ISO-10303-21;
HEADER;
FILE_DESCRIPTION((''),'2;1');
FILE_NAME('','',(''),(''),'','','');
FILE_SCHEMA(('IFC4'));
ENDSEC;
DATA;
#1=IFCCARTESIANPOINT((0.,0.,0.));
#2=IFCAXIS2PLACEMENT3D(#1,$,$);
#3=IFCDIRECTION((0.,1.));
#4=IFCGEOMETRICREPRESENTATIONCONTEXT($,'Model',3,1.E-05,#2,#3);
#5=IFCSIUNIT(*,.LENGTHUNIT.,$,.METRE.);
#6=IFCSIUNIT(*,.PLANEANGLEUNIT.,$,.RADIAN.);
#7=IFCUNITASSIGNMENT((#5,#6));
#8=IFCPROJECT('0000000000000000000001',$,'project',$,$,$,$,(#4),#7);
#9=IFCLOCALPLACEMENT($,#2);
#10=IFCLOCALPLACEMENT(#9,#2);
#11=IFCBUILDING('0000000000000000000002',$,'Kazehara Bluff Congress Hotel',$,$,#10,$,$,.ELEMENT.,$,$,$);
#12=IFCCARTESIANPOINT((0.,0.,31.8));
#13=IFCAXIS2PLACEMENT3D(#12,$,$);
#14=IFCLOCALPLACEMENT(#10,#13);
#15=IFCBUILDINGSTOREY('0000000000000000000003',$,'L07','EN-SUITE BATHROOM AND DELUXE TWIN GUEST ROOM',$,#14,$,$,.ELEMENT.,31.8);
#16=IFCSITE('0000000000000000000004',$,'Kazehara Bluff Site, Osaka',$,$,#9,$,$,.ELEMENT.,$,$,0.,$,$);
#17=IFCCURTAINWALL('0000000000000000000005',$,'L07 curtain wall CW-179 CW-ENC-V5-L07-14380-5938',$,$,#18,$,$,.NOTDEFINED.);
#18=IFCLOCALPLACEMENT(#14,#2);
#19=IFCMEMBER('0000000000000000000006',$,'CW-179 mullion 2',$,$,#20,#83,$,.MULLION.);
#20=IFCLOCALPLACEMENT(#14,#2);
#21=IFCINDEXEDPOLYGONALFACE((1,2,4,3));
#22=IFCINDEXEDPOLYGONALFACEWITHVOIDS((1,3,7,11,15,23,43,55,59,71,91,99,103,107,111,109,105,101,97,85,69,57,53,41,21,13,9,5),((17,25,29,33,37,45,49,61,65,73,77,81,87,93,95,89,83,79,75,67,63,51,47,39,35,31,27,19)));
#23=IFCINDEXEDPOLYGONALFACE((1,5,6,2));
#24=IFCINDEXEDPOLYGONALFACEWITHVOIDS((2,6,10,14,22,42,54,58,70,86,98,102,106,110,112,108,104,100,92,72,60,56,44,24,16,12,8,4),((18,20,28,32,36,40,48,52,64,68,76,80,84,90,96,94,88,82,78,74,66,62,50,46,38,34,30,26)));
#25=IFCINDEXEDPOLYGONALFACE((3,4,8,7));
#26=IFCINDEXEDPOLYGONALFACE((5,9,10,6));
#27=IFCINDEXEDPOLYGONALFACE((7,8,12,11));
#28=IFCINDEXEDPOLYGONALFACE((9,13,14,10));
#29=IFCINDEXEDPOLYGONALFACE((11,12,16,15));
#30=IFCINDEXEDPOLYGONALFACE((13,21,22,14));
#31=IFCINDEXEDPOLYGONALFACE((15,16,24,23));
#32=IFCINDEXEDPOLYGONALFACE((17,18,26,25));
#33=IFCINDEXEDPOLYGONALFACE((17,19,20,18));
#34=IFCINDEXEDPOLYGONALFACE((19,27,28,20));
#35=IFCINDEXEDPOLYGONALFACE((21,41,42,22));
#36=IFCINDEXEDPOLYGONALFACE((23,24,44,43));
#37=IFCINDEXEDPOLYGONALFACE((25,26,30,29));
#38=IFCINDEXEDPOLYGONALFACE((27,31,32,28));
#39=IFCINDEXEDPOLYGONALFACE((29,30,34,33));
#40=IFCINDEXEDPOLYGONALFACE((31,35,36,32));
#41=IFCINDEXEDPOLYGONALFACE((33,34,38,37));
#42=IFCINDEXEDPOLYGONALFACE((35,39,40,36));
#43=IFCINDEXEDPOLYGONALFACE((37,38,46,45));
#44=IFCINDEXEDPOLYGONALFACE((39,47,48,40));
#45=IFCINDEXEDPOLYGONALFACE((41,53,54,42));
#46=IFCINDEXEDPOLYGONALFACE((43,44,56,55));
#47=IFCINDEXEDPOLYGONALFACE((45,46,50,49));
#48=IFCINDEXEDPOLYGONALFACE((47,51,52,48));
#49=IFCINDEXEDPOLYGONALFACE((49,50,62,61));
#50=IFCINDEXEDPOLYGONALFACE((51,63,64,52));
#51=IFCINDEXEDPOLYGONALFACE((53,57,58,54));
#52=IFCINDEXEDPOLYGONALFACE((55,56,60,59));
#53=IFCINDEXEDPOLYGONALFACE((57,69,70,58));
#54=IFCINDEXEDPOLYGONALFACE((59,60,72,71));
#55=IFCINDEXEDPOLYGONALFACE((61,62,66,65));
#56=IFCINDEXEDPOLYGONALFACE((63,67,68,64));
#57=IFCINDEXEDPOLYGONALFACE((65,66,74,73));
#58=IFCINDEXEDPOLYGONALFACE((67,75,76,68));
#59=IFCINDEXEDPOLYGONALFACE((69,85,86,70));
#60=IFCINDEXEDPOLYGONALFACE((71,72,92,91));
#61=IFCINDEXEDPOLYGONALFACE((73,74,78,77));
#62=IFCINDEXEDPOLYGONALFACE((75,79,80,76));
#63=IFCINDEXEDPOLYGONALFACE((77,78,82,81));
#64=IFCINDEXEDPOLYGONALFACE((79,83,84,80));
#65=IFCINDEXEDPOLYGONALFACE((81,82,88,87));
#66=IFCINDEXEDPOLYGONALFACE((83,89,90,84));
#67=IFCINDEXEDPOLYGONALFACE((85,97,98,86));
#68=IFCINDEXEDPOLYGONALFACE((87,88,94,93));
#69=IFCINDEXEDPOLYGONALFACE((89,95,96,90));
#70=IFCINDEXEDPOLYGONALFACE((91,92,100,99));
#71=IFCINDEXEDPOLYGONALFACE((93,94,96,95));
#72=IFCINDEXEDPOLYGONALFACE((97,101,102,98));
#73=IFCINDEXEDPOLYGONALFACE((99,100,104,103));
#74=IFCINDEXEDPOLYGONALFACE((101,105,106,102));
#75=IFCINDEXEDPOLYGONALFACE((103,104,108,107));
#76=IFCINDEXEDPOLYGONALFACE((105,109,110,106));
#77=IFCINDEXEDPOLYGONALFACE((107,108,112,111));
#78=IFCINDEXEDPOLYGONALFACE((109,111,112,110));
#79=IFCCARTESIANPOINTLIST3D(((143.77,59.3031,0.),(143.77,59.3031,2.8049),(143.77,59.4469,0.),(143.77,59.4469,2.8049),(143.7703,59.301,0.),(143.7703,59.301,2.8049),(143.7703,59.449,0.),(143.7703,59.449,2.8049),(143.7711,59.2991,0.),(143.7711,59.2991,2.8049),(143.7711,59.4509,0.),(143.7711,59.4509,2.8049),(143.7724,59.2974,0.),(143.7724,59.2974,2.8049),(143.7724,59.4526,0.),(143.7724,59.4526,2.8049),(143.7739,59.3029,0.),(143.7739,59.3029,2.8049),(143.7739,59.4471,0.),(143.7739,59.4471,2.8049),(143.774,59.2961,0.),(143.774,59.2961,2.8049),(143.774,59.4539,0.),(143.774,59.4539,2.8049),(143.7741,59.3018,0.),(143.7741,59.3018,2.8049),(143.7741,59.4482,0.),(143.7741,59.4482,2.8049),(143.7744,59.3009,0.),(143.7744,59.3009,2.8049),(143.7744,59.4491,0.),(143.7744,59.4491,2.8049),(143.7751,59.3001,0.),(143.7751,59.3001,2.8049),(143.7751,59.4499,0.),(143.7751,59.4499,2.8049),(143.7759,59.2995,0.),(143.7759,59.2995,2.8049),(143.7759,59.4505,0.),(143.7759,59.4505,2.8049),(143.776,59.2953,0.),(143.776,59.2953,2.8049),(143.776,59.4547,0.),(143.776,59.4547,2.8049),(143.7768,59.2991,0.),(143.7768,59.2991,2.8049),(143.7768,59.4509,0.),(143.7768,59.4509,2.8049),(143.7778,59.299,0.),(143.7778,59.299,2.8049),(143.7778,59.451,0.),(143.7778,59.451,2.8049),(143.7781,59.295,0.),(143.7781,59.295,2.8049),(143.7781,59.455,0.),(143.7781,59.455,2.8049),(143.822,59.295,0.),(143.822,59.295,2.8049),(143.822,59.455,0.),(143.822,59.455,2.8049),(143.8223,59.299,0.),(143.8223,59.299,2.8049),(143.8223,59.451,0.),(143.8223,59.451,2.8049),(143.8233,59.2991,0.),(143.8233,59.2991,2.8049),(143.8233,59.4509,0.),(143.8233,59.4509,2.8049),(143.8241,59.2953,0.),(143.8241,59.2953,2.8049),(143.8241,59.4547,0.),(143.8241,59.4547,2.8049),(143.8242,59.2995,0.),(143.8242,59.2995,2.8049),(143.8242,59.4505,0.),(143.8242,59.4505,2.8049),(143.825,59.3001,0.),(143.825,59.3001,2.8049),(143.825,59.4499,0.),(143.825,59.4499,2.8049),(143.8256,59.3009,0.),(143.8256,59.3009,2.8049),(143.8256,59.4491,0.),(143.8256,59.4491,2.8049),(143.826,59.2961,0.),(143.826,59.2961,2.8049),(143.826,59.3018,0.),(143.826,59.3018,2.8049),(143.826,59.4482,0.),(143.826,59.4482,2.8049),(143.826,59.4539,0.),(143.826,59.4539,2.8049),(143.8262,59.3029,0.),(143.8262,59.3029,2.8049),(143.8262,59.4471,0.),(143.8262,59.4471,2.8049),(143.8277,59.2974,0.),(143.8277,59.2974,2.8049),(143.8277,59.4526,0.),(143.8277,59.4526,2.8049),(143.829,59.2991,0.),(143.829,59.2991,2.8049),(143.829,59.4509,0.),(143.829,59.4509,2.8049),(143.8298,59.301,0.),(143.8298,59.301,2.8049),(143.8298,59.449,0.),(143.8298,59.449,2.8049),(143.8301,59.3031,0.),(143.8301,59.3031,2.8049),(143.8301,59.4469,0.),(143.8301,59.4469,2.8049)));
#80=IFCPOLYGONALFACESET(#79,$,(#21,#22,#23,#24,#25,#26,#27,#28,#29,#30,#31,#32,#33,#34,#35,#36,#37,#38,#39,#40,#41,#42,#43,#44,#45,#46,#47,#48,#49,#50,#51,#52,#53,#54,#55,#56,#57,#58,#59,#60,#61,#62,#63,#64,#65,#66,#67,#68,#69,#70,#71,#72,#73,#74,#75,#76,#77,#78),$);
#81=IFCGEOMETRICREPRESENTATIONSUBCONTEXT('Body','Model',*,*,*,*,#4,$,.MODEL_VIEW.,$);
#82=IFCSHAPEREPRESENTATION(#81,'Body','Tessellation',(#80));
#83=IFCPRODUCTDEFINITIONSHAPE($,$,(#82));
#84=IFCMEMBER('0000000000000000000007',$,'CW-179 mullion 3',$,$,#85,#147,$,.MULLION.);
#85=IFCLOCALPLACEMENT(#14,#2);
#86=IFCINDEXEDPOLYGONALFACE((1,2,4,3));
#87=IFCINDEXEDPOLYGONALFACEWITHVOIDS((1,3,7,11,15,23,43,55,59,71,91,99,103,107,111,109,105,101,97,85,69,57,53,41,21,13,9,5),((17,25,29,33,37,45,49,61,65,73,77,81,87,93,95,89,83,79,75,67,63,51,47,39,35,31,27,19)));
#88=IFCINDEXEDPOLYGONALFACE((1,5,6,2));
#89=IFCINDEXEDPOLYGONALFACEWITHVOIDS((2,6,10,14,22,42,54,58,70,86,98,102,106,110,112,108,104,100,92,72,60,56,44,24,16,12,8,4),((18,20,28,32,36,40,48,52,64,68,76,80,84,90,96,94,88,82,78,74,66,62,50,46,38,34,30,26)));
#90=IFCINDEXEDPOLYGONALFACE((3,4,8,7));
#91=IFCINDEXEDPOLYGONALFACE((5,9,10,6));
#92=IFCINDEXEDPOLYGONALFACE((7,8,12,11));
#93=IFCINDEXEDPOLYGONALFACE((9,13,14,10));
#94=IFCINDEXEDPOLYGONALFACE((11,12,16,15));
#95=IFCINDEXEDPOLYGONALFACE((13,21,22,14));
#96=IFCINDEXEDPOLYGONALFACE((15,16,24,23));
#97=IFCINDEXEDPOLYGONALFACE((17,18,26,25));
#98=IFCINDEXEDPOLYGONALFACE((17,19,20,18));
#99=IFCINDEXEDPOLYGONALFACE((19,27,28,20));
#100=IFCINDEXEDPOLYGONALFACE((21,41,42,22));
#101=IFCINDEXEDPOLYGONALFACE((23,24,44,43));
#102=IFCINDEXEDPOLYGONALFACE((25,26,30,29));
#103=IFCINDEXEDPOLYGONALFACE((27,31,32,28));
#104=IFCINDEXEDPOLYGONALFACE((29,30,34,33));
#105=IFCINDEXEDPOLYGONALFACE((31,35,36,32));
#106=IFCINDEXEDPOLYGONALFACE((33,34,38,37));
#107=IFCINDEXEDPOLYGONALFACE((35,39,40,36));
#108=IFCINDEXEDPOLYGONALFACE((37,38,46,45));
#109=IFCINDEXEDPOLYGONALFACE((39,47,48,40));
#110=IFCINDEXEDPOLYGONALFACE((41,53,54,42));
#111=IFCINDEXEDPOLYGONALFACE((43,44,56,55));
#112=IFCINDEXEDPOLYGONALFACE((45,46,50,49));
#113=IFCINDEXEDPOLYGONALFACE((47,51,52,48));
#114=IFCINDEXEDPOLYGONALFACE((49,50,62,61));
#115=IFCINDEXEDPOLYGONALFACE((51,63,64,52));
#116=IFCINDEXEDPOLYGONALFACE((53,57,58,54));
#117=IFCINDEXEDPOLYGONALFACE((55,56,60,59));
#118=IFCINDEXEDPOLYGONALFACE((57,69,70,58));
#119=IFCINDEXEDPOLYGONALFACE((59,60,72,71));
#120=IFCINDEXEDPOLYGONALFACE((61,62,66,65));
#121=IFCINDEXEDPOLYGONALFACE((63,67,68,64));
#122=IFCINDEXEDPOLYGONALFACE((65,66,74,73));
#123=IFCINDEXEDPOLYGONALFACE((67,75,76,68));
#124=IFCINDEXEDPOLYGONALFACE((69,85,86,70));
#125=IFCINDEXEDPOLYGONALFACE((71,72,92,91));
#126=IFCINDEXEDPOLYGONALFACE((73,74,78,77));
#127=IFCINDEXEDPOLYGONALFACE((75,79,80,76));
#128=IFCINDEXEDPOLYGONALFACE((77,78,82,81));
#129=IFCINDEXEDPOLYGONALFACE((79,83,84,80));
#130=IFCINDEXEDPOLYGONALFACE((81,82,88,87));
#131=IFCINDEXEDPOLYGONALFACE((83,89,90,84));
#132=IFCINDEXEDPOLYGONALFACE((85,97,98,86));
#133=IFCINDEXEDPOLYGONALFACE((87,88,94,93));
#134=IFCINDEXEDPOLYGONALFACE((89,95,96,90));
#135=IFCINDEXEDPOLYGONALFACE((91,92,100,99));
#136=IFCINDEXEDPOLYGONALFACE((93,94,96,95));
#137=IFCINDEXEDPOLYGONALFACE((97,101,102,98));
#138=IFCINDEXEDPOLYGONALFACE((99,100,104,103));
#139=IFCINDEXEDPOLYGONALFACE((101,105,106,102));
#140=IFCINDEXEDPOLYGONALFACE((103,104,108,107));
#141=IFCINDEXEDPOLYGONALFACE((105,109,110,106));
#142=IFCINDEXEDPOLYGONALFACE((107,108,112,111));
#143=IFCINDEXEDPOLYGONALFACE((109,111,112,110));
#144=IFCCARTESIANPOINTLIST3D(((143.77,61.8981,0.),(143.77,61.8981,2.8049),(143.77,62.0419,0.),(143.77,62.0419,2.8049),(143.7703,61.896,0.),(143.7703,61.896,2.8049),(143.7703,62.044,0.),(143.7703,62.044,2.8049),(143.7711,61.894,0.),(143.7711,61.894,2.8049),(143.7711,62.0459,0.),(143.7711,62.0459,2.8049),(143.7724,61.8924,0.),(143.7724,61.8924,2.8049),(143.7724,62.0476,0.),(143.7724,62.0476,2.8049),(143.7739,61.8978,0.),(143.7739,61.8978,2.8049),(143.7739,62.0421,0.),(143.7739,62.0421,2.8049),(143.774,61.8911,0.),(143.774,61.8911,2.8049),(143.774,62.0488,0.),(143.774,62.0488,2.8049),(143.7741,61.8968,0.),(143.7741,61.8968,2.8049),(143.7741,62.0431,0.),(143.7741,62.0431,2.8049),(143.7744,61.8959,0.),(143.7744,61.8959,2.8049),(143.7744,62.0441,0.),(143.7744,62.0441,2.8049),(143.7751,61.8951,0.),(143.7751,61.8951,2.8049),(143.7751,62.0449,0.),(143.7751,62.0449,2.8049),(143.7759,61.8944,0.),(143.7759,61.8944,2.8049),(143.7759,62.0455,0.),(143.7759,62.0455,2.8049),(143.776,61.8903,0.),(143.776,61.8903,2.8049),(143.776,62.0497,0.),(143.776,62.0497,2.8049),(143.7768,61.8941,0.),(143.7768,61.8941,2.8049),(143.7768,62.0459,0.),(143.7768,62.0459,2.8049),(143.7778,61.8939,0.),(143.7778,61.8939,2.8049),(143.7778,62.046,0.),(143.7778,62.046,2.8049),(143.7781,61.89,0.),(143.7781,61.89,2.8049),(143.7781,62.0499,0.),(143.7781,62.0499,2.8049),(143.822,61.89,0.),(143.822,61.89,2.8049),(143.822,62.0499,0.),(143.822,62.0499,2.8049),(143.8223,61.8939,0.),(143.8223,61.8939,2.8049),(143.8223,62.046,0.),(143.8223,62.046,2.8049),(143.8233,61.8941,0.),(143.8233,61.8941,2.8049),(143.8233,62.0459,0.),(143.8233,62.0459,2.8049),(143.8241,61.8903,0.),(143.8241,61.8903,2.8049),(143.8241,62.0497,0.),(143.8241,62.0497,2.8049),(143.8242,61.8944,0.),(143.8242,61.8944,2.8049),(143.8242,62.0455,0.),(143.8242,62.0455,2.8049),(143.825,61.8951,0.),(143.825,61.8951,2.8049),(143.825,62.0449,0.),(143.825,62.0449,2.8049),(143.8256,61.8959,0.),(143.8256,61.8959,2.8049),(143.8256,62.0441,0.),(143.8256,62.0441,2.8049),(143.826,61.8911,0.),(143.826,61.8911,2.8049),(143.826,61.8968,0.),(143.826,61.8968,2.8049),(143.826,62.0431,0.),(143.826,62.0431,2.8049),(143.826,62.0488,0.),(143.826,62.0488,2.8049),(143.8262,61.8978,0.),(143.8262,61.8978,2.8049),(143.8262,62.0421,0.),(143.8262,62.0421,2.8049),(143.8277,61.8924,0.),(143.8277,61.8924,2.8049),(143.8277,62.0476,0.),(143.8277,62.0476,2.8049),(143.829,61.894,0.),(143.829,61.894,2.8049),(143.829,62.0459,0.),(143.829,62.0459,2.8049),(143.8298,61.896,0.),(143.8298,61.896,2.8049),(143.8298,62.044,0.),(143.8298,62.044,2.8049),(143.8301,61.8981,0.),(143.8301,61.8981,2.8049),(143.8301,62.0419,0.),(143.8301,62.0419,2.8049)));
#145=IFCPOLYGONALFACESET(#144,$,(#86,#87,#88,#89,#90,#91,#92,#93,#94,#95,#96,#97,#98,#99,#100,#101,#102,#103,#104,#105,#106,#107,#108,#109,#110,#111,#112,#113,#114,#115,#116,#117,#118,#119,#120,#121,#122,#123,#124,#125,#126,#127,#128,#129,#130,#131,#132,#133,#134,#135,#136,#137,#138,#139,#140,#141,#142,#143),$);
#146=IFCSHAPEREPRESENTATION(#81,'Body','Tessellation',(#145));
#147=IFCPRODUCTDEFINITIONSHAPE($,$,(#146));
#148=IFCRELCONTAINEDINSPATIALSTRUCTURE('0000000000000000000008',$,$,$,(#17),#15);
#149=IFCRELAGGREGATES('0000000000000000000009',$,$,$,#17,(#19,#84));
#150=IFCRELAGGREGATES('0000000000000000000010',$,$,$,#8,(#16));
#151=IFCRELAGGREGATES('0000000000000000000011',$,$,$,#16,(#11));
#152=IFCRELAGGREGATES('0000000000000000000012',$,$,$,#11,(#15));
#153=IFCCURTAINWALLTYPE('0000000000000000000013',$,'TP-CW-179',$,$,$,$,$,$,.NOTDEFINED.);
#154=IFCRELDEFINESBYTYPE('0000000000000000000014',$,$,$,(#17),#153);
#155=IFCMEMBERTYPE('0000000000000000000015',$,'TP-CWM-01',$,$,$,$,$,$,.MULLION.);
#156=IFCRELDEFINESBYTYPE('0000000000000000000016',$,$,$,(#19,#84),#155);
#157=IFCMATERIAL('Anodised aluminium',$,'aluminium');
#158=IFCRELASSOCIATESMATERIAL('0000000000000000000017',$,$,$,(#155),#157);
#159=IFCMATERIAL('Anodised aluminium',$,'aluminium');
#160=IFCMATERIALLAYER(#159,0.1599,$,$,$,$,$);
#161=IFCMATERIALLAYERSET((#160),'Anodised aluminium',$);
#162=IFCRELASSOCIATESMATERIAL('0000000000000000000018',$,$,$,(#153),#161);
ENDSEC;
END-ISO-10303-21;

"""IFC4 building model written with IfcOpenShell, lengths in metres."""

from ifc_helpers import new_model, si_unit, direction, frame, origin, origin_2d, place, context, subcontext, project, spatial, hollow_rectangle, extrude, material, layer, layer_set, material_profile, profile_set, type_object, element, aggregate, save


model = new_model("IFC4")

# Units and contexts
model_context = context("Model", 3, precision=1e-05, world=origin(), true_north=direction((0.0, 1.0)))
body_context = subcontext(model_context, "Body", "Model", "MODEL_VIEW")
ifc_project = project(units=[si_unit("LENGTHUNIT", "METRE"), si_unit("PLANEANGLEUNIT", "RADIAN")], contexts=[model_context])

# Site, building, storey
site_placement = place(None, origin())
site = spatial("IfcSite", under=ifc_project, at=site_placement, Name="Kazehara Bluff Site, Osaka", CompositionType="ELEMENT", RefElevation=0.0)
building_placement = place(site_placement, origin())
building = spatial("IfcBuilding", under=site, at=building_placement, Name="Kazehara Bluff Congress Hotel", CompositionType="ELEMENT")
storey_placement = place(building_placement, frame((0.0, 0.0, 31.8)))
storey = spatial("IfcBuildingStorey", under=building, at=storey_placement, Name="L07", Description="EN-SUITE BATHROOM AND DELUXE TWIN GUEST ROOM", CompositionType="ELEMENT", Elevation=31.8)

# Shared definitions
ifc_material_1 = material(Name="Anodised aluminium", Category="aluminium")
ifc_material_profile_1 = material_profile(ifc_material_1, hollow_rectangle(XDim=0.0601, YDim=0.1599, WallThickness=0.0039, InnerFilletRadius=0.0039, OuterFilletRadius=0.0081, at=origin_2d()))
ifc_profile_set_1 = profile_set([ifc_material_profile_1], Name="Anodised aluminium")
member_type_1 = type_object("IfcMemberType", Name="TP-CWM-01", PredefinedType="MULLION", material=ifc_profile_set_1)

# Curtain wall, members
ifc_material_2 = material(Name="Anodised aluminium", Category="aluminium")
ifc_layer_1 = layer(ifc_material_2, 0.1599)
ifc_layer_set_1 = layer_set([ifc_layer_1], Name="Anodised aluminium")
curtain_wall_type_1 = type_object("IfcCurtainWallType", Name="TP-CW-179", PredefinedType="NOTDEFINED", material=ifc_layer_set_1)
curtain_wall_1_placement = place(storey_placement, origin())
curtain_wall_1 = element("IfcCurtainWall", 1, at=curtain_wall_1_placement, inside=storey, type_object=curtain_wall_type_1, Name="L07 curtain wall CW-179 CW-ENC-V5-L07-14380-5938", PredefinedType="NOTDEFINED")
member_1_placement = place(storey_placement, frame((143.8, 59.375, 0.0), z_axis=(0.0, 0.0, 1.0), x_axis=(-1.0, 0.0, 0.0)))
member_1 = element("IfcMember", 2, at=member_1_placement, type_object=member_type_1, Name="CW-179 mullion 2", PredefinedType="MULLION", context=body_context, shape_type="SweptSolid", body=[
    extrude(hollow_rectangle(XDim=0.0601, YDim=0.1599, WallThickness=0.0039, InnerFilletRadius=0.0039, OuterFilletRadius=0.0081, at=origin_2d()), origin(), (0.0, 0.0, 1.0), 2.8049),
])
member_2_placement = place(storey_placement, frame((143.8, 61.97, 0.0), z_axis=(0.0, 0.0, 1.0), x_axis=(-1.0, 0.0, 0.0)))
member_2 = element("IfcMember", 3, at=member_2_placement, type_object=member_type_1, Name="CW-179 mullion 3", PredefinedType="MULLION", context=body_context, shape_type="SweptSolid", body=[
    extrude(hollow_rectangle(XDim=0.0601, YDim=0.1599, WallThickness=0.0039, InnerFilletRadius=0.0039, OuterFilletRadius=0.0081, at=origin_2d()), origin(), (0.0, 0.0, 1.0), 2.8049),
])

aggregate(curtain_wall_1, [member_1, member_2])

save(model, "model.ifc")
